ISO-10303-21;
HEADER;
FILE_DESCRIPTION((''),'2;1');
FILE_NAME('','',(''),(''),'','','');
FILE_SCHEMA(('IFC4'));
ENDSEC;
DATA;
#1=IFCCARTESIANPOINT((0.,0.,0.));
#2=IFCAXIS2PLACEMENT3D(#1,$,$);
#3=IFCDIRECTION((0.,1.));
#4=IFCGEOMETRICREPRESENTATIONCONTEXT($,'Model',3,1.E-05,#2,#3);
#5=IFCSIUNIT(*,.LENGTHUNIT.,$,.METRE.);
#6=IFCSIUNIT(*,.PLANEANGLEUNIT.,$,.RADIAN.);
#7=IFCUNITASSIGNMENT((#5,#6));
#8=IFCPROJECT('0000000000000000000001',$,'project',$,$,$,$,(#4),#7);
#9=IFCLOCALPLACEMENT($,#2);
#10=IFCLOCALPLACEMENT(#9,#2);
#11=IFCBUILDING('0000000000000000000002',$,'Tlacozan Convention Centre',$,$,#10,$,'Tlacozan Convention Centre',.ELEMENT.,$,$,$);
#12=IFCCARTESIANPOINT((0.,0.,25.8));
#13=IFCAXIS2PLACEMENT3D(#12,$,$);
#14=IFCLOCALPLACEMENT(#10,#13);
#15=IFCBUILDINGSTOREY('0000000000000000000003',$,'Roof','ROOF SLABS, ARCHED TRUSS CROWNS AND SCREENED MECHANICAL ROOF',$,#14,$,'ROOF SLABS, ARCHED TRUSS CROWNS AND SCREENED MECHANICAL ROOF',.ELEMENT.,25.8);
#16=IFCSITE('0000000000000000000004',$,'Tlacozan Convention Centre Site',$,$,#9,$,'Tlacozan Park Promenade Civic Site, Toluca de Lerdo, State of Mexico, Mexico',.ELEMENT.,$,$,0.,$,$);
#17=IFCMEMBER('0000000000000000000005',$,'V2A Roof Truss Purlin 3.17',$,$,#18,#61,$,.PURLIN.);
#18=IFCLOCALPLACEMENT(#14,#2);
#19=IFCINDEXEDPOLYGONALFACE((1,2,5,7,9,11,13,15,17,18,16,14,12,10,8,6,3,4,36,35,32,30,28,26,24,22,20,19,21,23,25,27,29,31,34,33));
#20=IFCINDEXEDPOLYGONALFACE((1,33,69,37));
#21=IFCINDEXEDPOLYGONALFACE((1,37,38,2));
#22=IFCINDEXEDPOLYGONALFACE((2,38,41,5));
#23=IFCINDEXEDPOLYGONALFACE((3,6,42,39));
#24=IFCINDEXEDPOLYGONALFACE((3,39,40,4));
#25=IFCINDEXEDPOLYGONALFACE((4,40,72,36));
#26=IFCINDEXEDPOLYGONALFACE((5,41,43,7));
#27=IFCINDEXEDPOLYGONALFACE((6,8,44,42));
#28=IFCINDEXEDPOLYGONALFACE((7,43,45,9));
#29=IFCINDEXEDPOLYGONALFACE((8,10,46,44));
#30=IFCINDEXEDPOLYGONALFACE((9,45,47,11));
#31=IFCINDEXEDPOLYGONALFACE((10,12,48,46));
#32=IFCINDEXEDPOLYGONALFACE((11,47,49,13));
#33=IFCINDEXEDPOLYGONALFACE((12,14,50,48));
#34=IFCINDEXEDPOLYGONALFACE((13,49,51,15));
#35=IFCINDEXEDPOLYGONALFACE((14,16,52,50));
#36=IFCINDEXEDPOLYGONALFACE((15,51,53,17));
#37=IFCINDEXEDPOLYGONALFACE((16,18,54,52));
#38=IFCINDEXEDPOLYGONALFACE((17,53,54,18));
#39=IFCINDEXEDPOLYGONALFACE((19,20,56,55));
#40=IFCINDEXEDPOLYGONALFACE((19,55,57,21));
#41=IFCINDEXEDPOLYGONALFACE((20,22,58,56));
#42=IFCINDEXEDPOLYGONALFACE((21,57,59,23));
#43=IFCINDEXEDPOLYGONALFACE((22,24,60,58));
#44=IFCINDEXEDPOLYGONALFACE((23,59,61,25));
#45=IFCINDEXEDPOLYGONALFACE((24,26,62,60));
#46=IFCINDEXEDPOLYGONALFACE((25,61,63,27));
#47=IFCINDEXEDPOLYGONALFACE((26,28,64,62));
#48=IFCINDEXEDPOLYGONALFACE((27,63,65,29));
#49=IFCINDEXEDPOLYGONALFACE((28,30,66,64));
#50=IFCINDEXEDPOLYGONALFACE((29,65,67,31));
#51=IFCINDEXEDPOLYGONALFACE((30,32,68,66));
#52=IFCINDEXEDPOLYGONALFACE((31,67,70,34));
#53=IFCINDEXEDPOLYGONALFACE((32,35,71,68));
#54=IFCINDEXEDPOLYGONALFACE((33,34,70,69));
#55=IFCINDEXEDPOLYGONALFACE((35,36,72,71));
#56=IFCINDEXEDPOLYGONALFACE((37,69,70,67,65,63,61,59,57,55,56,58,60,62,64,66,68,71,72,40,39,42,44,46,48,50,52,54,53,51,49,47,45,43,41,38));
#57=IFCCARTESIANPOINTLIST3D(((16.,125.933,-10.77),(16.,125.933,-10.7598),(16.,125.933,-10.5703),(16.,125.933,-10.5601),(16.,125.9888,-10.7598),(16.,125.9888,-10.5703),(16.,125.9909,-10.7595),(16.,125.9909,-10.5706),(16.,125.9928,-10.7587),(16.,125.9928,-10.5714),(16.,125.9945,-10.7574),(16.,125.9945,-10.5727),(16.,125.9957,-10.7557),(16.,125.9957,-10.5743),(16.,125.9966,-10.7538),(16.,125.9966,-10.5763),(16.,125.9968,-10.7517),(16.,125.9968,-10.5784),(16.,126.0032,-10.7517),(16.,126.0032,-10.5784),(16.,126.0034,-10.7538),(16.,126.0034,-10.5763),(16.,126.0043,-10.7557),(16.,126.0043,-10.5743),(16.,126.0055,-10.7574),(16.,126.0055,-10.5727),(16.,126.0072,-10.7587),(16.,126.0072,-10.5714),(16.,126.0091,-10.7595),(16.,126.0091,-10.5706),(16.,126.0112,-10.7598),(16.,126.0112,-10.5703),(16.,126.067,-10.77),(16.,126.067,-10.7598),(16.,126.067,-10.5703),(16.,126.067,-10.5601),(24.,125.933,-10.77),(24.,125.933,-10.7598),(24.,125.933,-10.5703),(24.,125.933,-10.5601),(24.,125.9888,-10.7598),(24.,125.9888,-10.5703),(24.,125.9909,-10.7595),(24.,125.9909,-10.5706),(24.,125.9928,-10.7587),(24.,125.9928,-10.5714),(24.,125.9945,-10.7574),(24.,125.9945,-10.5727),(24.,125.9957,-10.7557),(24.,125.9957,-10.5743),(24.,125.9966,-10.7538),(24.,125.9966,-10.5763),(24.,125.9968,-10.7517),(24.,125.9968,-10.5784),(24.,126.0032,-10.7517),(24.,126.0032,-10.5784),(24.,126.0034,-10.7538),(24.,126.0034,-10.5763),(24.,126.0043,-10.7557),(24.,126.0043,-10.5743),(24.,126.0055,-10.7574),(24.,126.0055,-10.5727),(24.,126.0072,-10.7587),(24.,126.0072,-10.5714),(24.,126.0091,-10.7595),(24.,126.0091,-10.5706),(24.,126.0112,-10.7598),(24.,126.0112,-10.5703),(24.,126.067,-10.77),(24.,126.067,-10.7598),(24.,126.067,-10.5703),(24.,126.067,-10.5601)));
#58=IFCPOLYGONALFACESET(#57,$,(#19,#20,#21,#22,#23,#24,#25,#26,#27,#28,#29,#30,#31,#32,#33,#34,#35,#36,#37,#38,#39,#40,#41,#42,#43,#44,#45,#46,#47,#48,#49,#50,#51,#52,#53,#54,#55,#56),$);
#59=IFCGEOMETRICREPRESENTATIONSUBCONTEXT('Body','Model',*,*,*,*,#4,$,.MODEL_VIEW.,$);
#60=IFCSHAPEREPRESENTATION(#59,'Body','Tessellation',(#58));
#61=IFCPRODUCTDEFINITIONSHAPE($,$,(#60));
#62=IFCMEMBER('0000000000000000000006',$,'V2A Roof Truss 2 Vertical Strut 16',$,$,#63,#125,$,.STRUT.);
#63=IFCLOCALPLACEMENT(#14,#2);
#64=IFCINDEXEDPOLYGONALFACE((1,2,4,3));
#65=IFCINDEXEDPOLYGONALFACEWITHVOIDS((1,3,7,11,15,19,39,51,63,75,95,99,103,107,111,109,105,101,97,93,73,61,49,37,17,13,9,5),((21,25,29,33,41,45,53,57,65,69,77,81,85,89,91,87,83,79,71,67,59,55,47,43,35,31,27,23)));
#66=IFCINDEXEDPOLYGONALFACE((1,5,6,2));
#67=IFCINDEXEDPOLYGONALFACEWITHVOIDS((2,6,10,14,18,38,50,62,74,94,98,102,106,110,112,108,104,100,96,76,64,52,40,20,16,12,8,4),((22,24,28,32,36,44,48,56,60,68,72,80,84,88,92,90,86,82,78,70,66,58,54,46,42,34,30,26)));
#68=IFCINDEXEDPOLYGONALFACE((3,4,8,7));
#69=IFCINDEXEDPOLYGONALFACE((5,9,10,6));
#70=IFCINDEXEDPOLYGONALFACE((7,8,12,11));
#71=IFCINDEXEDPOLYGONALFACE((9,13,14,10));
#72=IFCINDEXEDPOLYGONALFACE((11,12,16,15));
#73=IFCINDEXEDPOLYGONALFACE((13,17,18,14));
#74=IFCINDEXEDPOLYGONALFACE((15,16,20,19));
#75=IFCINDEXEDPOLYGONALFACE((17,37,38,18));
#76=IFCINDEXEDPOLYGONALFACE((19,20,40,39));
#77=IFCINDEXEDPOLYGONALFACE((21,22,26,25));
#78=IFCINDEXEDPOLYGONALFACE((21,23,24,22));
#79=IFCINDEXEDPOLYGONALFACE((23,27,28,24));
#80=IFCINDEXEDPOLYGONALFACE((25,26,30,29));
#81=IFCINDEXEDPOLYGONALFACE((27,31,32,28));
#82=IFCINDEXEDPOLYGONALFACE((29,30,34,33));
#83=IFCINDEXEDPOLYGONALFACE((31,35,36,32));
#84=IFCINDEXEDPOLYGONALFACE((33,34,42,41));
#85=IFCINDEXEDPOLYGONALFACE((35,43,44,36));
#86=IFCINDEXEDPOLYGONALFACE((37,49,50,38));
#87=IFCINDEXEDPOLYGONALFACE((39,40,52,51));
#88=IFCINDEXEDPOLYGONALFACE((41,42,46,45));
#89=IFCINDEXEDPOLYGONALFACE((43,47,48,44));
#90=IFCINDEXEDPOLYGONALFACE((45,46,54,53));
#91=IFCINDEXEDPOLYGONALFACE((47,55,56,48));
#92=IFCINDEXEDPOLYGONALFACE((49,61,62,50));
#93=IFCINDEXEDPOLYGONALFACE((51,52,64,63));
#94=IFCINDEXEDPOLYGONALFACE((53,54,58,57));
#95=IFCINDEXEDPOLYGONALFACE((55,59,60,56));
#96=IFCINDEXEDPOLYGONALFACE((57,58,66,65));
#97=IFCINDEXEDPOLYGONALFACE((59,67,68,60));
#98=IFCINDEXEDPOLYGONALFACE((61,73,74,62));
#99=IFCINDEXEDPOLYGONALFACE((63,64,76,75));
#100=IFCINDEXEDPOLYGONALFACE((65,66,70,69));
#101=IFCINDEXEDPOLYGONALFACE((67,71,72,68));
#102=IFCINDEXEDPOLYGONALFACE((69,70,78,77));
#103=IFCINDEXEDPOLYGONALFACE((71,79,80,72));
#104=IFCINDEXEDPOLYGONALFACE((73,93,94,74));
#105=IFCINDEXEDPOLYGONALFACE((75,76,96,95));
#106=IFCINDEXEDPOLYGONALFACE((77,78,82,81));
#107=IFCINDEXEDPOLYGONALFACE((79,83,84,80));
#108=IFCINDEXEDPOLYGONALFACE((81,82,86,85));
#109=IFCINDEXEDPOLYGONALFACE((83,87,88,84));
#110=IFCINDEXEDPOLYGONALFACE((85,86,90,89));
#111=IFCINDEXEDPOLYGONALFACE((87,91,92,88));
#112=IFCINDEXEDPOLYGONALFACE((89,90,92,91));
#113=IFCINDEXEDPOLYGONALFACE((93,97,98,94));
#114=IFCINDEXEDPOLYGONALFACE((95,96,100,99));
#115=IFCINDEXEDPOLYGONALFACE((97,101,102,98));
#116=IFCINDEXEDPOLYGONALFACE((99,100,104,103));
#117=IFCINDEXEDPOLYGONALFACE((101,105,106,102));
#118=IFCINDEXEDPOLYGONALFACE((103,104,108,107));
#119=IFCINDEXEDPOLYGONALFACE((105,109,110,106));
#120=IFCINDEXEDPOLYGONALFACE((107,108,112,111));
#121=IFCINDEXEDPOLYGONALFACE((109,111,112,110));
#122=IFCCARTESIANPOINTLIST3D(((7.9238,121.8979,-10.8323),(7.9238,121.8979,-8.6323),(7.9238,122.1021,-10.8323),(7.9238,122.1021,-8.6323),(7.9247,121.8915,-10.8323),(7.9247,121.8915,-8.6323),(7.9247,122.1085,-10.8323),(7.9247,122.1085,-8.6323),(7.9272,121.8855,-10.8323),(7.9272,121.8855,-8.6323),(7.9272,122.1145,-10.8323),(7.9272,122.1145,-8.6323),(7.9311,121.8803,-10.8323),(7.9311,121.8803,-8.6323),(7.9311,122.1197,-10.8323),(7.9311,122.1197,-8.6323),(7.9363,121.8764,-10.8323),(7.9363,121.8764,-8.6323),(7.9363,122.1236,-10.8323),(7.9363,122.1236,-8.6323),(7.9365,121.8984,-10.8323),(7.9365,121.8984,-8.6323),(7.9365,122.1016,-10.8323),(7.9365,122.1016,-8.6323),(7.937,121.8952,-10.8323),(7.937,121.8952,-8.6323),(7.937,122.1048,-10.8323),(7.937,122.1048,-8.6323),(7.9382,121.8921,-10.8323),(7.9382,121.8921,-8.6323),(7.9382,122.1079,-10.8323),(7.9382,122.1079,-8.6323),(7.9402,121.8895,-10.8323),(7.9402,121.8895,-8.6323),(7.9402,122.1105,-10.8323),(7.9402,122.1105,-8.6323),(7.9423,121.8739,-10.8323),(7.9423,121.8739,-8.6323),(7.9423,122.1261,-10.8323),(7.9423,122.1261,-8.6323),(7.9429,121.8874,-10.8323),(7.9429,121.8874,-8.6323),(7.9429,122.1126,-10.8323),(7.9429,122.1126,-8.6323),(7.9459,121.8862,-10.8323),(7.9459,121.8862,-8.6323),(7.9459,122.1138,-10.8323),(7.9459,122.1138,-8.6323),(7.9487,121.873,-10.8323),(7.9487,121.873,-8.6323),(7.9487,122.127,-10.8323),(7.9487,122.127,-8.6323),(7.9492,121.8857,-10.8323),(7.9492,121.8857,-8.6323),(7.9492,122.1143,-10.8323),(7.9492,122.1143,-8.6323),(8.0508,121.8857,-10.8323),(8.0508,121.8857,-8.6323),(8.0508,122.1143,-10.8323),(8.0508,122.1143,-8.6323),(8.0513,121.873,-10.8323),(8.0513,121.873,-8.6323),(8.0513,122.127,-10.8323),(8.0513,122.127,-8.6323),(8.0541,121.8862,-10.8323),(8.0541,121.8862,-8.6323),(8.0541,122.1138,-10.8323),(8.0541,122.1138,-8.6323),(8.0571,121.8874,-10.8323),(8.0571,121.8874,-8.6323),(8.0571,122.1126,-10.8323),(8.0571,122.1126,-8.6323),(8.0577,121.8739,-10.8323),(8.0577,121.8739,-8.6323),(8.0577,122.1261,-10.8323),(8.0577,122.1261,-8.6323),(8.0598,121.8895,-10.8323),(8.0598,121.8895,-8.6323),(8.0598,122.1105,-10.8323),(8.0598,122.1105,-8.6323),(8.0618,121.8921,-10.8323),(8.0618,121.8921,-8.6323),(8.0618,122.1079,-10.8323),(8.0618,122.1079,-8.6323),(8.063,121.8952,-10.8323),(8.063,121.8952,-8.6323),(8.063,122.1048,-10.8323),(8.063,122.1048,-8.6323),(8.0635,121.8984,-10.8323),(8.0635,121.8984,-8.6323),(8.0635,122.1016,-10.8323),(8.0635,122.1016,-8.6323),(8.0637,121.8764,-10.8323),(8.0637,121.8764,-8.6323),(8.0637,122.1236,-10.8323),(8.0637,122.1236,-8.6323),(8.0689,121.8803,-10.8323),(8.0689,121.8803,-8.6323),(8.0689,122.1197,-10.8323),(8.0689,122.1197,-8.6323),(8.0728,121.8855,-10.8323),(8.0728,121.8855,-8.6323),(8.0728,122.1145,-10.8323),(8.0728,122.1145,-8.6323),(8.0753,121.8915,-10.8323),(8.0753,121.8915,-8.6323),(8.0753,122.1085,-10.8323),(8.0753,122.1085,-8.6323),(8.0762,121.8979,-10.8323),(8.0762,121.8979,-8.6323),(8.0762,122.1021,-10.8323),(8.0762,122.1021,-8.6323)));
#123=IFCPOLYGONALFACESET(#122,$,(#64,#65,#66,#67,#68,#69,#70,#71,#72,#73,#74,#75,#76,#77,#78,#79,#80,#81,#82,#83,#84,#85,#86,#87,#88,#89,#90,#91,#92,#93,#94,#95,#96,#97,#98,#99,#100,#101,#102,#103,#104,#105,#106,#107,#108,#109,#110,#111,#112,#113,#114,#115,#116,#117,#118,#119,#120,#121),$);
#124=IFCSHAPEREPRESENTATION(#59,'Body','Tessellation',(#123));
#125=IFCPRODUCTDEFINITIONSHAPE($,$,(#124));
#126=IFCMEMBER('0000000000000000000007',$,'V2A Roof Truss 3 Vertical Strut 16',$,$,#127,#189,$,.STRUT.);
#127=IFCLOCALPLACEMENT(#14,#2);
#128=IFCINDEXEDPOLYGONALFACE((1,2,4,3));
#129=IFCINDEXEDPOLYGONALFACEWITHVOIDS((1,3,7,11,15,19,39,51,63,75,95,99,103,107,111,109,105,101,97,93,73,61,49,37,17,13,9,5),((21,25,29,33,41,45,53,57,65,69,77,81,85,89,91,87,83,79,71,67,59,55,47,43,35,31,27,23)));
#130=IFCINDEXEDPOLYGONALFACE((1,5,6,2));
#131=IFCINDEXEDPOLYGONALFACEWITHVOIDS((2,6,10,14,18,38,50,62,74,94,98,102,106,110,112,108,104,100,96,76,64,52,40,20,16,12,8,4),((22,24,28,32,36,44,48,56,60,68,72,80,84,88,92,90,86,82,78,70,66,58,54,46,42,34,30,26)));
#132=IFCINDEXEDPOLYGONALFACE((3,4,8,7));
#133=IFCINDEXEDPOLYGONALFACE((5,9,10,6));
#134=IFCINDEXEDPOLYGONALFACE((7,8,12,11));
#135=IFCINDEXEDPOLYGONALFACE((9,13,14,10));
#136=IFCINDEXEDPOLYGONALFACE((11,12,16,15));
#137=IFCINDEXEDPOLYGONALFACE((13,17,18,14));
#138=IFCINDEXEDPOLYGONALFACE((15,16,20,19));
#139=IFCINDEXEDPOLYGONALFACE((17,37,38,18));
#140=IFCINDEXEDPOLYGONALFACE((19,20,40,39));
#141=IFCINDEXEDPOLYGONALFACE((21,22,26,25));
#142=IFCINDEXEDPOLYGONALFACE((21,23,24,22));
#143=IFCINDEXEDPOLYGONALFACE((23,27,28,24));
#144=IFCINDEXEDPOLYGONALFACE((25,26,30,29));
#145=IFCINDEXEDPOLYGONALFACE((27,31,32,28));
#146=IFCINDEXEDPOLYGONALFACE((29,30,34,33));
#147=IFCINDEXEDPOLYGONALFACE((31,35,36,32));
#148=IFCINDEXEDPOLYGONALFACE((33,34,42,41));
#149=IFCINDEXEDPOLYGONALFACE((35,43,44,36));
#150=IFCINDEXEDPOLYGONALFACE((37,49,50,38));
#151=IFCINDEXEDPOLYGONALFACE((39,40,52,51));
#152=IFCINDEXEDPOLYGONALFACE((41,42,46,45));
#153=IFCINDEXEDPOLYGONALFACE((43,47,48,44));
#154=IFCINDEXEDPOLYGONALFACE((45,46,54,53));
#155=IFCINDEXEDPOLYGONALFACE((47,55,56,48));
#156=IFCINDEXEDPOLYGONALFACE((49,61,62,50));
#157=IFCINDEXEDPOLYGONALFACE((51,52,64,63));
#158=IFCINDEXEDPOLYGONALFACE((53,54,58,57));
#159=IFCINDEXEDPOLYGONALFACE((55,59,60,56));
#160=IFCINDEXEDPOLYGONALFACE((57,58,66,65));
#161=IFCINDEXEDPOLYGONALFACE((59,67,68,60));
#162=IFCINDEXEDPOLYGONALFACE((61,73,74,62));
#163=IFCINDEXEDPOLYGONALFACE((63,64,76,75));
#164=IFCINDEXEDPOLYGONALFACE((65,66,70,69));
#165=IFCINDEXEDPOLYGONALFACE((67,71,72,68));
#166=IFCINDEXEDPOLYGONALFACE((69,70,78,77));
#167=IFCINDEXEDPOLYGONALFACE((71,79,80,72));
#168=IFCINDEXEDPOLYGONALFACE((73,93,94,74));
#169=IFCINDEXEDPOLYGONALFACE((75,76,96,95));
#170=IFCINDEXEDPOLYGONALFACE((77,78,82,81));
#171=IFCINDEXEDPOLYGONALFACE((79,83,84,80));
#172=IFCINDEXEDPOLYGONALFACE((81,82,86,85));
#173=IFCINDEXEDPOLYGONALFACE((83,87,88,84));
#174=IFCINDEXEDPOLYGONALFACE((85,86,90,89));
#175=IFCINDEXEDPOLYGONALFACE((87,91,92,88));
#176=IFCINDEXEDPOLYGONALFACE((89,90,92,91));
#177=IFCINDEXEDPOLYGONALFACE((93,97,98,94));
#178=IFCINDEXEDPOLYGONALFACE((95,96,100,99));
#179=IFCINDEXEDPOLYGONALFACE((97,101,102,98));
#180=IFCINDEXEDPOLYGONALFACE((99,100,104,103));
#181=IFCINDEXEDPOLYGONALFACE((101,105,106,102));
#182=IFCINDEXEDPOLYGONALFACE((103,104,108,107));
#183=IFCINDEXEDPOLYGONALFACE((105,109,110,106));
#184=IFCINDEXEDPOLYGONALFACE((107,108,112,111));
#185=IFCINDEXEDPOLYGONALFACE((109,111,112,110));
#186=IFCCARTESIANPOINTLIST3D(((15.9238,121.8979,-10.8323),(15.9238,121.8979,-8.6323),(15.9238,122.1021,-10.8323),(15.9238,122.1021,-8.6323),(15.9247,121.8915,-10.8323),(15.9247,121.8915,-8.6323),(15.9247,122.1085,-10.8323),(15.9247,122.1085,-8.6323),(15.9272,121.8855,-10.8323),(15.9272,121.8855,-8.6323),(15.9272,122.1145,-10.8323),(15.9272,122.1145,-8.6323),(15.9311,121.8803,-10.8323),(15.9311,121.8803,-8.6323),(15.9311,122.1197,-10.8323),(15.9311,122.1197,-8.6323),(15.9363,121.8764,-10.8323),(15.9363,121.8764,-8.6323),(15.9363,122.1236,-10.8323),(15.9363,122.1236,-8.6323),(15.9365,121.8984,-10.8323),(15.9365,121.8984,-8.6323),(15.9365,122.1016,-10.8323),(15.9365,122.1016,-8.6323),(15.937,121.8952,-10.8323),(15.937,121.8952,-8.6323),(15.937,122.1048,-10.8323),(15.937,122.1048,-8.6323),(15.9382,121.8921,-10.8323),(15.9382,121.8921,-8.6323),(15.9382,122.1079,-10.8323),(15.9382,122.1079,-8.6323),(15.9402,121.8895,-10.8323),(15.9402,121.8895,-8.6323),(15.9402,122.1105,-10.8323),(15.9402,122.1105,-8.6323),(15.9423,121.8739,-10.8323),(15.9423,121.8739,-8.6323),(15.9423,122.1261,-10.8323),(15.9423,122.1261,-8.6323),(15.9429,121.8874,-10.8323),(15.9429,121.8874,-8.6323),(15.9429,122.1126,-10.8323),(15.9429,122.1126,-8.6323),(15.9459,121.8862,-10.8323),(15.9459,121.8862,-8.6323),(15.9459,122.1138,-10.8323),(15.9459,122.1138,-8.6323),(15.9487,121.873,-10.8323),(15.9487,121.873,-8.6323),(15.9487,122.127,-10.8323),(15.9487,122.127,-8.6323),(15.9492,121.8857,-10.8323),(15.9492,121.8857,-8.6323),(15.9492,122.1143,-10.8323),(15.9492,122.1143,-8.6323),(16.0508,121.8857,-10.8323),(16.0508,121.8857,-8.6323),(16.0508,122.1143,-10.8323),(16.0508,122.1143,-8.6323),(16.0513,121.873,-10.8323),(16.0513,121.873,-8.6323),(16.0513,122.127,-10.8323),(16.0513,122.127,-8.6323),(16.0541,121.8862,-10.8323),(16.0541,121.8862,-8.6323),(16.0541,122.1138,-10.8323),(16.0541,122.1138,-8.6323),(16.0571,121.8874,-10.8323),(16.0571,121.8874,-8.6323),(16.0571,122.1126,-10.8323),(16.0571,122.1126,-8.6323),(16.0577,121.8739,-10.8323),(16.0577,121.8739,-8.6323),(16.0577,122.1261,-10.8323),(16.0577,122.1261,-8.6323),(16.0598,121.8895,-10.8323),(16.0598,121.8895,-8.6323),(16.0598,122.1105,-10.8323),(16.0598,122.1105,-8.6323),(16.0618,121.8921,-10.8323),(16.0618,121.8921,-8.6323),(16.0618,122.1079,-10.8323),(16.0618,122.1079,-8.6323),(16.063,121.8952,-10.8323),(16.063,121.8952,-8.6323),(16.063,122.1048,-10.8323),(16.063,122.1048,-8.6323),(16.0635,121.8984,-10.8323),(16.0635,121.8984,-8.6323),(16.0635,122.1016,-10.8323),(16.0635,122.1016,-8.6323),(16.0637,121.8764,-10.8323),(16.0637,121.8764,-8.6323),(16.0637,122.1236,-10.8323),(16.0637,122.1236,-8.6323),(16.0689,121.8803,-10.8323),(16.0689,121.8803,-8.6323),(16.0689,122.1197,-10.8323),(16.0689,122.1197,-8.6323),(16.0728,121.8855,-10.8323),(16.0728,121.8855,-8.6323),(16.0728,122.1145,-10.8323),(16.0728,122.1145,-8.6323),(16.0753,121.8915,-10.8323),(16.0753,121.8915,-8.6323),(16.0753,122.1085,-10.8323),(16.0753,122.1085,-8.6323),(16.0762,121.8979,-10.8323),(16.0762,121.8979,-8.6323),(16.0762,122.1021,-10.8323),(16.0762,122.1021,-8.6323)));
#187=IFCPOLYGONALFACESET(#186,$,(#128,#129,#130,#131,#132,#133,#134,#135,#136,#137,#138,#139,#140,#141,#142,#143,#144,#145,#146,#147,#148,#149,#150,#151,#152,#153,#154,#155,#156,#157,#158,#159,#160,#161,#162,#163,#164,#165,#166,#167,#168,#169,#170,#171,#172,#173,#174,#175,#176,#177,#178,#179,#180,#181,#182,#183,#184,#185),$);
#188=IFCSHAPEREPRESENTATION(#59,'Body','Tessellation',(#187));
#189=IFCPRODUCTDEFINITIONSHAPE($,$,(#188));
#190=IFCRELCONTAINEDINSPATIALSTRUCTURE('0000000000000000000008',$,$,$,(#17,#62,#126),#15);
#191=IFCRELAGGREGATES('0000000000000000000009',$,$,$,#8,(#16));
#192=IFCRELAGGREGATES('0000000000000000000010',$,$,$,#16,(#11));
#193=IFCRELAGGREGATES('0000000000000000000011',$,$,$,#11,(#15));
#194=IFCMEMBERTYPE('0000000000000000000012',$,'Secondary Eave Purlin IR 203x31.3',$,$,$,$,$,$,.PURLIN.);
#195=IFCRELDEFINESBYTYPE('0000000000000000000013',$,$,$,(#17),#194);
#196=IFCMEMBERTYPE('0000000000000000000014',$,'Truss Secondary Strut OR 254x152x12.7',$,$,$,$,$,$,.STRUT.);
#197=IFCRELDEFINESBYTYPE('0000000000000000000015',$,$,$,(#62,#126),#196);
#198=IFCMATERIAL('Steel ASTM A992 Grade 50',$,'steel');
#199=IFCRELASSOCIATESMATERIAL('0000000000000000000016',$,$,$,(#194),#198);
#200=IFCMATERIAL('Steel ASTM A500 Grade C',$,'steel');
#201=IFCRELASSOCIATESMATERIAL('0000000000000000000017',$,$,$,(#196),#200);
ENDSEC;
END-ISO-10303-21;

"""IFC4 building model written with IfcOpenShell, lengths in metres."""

from ifc_helpers import new_model, si_unit, direction, frame, origin, origin_2d, place, context, subcontext, project, spatial, hollow_rectangle, i_section, extrude, material, material_profile, profile_set, type_object, element, save


model = new_model("IFC4")

# Units and contexts
model_context = context("Model", 3, precision=1e-05, world=origin(), true_north=direction((0.0, 1.0)))
body_context = subcontext(model_context, "Body", "Model", "MODEL_VIEW")
ifc_project = project(units=[si_unit("LENGTHUNIT", "METRE"), si_unit("PLANEANGLEUNIT", "RADIAN")], contexts=[model_context])

# Site, building, storey
site_placement = place(None, origin())
site = spatial("IfcSite", under=ifc_project, at=site_placement, Name="Tlacozan Convention Centre Site", LongName="Tlacozan Park Promenade Civic Site, Toluca de Lerdo, State of Mexico, Mexico", CompositionType="ELEMENT", RefElevation=0.0)
building_placement = place(site_placement, origin())
building = spatial("IfcBuilding", under=site, at=building_placement, Name="Tlacozan Convention Centre", LongName="Tlacozan Convention Centre", CompositionType="ELEMENT")
storey_placement = place(building_placement, frame((0.0, 0.0, 25.8)))
storey = spatial("IfcBuildingStorey", under=building, at=storey_placement, Name="Roof", Description="ROOF SLABS, ARCHED TRUSS CROWNS AND SCREENED MECHANICAL ROOF", LongName="ROOF SLABS, ARCHED TRUSS CROWNS AND SCREENED MECHANICAL ROOF", CompositionType="ELEMENT", Elevation=25.8)

# Members
ifc_material_1 = material(Name="Steel ASTM A500 Grade C", Category="steel")
ifc_material_2 = material(Name="Steel ASTM A992 Grade 50", Category="steel")
ifc_material_profile_1 = material_profile(ifc_material_2, i_section(OverallWidth=0.134, OverallDepth=0.21, WebThickness=0.0063, FlangeThickness=0.0103, FilletRadius=0.0081, at=origin_2d()), Name="IR 203x31.3")
ifc_profile_set_1 = profile_set([ifc_material_profile_1], Name="Steel ASTM A992 Grade 50")
member_type_1 = type_object("IfcMemberType", Name="Secondary Eave Purlin IR 203x31.3", PredefinedType="PURLIN", material=ifc_profile_set_1)
for number, where, z_axis, x_axis, name in (
    (1, (16.0, 126.0, -10.665), (1.0, 0.0, 0.0), (0.0, 1.0, 0.0), "V2A Roof Truss Purlin 3.17"),
):
    element("IfcMember", number, at=place(storey_placement, frame(where, z_axis=z_axis, x_axis=x_axis)), inside=storey, type_object=member_type_1, Name=name, PredefinedType="PURLIN", context=body_context, shape_type="SweptSolid", body=[
        extrude(i_section(OverallWidth=0.134, OverallDepth=0.21, WebThickness=0.0063, FlangeThickness=0.0103, FilletRadius=0.0081, at=origin_2d()), origin(), (0.0, 0.0, 1.0), 8.0),
    ])
ifc_material_profile_2 = material_profile(ifc_material_1, hollow_rectangle(XDim=0.1523, YDim=0.2539, WallThickness=0.0127, InnerFilletRadius=0.0127, OuterFilletRadius=0.0249, at=origin_2d()), Name="OR 254x152x12.7")
ifc_profile_set_2 = profile_set([ifc_material_profile_2], Name="Steel ASTM A500 Grade C")
member_type_2 = type_object("IfcMemberType", Name="Truss Secondary Strut OR 254x152x12.7", PredefinedType="STRUT", material=ifc_profile_set_2)
for number, where, z_axis, x_axis, name in (
    (2, (8.0, 122.0, -10.8323), (0.0, 0.0, 1.0), (1.0, 0.0, 0.0), "V2A Roof Truss 2 Vertical Strut 16"),
    (3, (16.0, 122.0, -10.8323), (0.0, 0.0, 1.0), (1.0, 0.0, 0.0), "V2A Roof Truss 3 Vertical Strut 16"),
):
    element("IfcMember", number, at=place(storey_placement, frame(where, z_axis=z_axis, x_axis=x_axis)), inside=storey, type_object=member_type_2, Name=name, PredefinedType="STRUT", context=body_context, shape_type="SweptSolid", body=[
        extrude(hollow_rectangle(XDim=0.1523, YDim=0.2539, WallThickness=0.0127, InnerFilletRadius=0.0127, OuterFilletRadius=0.0249, at=origin_2d()), origin(), (0.0, 0.0, 1.0), 2.2),
    ])

save(model, "model.ifc")
